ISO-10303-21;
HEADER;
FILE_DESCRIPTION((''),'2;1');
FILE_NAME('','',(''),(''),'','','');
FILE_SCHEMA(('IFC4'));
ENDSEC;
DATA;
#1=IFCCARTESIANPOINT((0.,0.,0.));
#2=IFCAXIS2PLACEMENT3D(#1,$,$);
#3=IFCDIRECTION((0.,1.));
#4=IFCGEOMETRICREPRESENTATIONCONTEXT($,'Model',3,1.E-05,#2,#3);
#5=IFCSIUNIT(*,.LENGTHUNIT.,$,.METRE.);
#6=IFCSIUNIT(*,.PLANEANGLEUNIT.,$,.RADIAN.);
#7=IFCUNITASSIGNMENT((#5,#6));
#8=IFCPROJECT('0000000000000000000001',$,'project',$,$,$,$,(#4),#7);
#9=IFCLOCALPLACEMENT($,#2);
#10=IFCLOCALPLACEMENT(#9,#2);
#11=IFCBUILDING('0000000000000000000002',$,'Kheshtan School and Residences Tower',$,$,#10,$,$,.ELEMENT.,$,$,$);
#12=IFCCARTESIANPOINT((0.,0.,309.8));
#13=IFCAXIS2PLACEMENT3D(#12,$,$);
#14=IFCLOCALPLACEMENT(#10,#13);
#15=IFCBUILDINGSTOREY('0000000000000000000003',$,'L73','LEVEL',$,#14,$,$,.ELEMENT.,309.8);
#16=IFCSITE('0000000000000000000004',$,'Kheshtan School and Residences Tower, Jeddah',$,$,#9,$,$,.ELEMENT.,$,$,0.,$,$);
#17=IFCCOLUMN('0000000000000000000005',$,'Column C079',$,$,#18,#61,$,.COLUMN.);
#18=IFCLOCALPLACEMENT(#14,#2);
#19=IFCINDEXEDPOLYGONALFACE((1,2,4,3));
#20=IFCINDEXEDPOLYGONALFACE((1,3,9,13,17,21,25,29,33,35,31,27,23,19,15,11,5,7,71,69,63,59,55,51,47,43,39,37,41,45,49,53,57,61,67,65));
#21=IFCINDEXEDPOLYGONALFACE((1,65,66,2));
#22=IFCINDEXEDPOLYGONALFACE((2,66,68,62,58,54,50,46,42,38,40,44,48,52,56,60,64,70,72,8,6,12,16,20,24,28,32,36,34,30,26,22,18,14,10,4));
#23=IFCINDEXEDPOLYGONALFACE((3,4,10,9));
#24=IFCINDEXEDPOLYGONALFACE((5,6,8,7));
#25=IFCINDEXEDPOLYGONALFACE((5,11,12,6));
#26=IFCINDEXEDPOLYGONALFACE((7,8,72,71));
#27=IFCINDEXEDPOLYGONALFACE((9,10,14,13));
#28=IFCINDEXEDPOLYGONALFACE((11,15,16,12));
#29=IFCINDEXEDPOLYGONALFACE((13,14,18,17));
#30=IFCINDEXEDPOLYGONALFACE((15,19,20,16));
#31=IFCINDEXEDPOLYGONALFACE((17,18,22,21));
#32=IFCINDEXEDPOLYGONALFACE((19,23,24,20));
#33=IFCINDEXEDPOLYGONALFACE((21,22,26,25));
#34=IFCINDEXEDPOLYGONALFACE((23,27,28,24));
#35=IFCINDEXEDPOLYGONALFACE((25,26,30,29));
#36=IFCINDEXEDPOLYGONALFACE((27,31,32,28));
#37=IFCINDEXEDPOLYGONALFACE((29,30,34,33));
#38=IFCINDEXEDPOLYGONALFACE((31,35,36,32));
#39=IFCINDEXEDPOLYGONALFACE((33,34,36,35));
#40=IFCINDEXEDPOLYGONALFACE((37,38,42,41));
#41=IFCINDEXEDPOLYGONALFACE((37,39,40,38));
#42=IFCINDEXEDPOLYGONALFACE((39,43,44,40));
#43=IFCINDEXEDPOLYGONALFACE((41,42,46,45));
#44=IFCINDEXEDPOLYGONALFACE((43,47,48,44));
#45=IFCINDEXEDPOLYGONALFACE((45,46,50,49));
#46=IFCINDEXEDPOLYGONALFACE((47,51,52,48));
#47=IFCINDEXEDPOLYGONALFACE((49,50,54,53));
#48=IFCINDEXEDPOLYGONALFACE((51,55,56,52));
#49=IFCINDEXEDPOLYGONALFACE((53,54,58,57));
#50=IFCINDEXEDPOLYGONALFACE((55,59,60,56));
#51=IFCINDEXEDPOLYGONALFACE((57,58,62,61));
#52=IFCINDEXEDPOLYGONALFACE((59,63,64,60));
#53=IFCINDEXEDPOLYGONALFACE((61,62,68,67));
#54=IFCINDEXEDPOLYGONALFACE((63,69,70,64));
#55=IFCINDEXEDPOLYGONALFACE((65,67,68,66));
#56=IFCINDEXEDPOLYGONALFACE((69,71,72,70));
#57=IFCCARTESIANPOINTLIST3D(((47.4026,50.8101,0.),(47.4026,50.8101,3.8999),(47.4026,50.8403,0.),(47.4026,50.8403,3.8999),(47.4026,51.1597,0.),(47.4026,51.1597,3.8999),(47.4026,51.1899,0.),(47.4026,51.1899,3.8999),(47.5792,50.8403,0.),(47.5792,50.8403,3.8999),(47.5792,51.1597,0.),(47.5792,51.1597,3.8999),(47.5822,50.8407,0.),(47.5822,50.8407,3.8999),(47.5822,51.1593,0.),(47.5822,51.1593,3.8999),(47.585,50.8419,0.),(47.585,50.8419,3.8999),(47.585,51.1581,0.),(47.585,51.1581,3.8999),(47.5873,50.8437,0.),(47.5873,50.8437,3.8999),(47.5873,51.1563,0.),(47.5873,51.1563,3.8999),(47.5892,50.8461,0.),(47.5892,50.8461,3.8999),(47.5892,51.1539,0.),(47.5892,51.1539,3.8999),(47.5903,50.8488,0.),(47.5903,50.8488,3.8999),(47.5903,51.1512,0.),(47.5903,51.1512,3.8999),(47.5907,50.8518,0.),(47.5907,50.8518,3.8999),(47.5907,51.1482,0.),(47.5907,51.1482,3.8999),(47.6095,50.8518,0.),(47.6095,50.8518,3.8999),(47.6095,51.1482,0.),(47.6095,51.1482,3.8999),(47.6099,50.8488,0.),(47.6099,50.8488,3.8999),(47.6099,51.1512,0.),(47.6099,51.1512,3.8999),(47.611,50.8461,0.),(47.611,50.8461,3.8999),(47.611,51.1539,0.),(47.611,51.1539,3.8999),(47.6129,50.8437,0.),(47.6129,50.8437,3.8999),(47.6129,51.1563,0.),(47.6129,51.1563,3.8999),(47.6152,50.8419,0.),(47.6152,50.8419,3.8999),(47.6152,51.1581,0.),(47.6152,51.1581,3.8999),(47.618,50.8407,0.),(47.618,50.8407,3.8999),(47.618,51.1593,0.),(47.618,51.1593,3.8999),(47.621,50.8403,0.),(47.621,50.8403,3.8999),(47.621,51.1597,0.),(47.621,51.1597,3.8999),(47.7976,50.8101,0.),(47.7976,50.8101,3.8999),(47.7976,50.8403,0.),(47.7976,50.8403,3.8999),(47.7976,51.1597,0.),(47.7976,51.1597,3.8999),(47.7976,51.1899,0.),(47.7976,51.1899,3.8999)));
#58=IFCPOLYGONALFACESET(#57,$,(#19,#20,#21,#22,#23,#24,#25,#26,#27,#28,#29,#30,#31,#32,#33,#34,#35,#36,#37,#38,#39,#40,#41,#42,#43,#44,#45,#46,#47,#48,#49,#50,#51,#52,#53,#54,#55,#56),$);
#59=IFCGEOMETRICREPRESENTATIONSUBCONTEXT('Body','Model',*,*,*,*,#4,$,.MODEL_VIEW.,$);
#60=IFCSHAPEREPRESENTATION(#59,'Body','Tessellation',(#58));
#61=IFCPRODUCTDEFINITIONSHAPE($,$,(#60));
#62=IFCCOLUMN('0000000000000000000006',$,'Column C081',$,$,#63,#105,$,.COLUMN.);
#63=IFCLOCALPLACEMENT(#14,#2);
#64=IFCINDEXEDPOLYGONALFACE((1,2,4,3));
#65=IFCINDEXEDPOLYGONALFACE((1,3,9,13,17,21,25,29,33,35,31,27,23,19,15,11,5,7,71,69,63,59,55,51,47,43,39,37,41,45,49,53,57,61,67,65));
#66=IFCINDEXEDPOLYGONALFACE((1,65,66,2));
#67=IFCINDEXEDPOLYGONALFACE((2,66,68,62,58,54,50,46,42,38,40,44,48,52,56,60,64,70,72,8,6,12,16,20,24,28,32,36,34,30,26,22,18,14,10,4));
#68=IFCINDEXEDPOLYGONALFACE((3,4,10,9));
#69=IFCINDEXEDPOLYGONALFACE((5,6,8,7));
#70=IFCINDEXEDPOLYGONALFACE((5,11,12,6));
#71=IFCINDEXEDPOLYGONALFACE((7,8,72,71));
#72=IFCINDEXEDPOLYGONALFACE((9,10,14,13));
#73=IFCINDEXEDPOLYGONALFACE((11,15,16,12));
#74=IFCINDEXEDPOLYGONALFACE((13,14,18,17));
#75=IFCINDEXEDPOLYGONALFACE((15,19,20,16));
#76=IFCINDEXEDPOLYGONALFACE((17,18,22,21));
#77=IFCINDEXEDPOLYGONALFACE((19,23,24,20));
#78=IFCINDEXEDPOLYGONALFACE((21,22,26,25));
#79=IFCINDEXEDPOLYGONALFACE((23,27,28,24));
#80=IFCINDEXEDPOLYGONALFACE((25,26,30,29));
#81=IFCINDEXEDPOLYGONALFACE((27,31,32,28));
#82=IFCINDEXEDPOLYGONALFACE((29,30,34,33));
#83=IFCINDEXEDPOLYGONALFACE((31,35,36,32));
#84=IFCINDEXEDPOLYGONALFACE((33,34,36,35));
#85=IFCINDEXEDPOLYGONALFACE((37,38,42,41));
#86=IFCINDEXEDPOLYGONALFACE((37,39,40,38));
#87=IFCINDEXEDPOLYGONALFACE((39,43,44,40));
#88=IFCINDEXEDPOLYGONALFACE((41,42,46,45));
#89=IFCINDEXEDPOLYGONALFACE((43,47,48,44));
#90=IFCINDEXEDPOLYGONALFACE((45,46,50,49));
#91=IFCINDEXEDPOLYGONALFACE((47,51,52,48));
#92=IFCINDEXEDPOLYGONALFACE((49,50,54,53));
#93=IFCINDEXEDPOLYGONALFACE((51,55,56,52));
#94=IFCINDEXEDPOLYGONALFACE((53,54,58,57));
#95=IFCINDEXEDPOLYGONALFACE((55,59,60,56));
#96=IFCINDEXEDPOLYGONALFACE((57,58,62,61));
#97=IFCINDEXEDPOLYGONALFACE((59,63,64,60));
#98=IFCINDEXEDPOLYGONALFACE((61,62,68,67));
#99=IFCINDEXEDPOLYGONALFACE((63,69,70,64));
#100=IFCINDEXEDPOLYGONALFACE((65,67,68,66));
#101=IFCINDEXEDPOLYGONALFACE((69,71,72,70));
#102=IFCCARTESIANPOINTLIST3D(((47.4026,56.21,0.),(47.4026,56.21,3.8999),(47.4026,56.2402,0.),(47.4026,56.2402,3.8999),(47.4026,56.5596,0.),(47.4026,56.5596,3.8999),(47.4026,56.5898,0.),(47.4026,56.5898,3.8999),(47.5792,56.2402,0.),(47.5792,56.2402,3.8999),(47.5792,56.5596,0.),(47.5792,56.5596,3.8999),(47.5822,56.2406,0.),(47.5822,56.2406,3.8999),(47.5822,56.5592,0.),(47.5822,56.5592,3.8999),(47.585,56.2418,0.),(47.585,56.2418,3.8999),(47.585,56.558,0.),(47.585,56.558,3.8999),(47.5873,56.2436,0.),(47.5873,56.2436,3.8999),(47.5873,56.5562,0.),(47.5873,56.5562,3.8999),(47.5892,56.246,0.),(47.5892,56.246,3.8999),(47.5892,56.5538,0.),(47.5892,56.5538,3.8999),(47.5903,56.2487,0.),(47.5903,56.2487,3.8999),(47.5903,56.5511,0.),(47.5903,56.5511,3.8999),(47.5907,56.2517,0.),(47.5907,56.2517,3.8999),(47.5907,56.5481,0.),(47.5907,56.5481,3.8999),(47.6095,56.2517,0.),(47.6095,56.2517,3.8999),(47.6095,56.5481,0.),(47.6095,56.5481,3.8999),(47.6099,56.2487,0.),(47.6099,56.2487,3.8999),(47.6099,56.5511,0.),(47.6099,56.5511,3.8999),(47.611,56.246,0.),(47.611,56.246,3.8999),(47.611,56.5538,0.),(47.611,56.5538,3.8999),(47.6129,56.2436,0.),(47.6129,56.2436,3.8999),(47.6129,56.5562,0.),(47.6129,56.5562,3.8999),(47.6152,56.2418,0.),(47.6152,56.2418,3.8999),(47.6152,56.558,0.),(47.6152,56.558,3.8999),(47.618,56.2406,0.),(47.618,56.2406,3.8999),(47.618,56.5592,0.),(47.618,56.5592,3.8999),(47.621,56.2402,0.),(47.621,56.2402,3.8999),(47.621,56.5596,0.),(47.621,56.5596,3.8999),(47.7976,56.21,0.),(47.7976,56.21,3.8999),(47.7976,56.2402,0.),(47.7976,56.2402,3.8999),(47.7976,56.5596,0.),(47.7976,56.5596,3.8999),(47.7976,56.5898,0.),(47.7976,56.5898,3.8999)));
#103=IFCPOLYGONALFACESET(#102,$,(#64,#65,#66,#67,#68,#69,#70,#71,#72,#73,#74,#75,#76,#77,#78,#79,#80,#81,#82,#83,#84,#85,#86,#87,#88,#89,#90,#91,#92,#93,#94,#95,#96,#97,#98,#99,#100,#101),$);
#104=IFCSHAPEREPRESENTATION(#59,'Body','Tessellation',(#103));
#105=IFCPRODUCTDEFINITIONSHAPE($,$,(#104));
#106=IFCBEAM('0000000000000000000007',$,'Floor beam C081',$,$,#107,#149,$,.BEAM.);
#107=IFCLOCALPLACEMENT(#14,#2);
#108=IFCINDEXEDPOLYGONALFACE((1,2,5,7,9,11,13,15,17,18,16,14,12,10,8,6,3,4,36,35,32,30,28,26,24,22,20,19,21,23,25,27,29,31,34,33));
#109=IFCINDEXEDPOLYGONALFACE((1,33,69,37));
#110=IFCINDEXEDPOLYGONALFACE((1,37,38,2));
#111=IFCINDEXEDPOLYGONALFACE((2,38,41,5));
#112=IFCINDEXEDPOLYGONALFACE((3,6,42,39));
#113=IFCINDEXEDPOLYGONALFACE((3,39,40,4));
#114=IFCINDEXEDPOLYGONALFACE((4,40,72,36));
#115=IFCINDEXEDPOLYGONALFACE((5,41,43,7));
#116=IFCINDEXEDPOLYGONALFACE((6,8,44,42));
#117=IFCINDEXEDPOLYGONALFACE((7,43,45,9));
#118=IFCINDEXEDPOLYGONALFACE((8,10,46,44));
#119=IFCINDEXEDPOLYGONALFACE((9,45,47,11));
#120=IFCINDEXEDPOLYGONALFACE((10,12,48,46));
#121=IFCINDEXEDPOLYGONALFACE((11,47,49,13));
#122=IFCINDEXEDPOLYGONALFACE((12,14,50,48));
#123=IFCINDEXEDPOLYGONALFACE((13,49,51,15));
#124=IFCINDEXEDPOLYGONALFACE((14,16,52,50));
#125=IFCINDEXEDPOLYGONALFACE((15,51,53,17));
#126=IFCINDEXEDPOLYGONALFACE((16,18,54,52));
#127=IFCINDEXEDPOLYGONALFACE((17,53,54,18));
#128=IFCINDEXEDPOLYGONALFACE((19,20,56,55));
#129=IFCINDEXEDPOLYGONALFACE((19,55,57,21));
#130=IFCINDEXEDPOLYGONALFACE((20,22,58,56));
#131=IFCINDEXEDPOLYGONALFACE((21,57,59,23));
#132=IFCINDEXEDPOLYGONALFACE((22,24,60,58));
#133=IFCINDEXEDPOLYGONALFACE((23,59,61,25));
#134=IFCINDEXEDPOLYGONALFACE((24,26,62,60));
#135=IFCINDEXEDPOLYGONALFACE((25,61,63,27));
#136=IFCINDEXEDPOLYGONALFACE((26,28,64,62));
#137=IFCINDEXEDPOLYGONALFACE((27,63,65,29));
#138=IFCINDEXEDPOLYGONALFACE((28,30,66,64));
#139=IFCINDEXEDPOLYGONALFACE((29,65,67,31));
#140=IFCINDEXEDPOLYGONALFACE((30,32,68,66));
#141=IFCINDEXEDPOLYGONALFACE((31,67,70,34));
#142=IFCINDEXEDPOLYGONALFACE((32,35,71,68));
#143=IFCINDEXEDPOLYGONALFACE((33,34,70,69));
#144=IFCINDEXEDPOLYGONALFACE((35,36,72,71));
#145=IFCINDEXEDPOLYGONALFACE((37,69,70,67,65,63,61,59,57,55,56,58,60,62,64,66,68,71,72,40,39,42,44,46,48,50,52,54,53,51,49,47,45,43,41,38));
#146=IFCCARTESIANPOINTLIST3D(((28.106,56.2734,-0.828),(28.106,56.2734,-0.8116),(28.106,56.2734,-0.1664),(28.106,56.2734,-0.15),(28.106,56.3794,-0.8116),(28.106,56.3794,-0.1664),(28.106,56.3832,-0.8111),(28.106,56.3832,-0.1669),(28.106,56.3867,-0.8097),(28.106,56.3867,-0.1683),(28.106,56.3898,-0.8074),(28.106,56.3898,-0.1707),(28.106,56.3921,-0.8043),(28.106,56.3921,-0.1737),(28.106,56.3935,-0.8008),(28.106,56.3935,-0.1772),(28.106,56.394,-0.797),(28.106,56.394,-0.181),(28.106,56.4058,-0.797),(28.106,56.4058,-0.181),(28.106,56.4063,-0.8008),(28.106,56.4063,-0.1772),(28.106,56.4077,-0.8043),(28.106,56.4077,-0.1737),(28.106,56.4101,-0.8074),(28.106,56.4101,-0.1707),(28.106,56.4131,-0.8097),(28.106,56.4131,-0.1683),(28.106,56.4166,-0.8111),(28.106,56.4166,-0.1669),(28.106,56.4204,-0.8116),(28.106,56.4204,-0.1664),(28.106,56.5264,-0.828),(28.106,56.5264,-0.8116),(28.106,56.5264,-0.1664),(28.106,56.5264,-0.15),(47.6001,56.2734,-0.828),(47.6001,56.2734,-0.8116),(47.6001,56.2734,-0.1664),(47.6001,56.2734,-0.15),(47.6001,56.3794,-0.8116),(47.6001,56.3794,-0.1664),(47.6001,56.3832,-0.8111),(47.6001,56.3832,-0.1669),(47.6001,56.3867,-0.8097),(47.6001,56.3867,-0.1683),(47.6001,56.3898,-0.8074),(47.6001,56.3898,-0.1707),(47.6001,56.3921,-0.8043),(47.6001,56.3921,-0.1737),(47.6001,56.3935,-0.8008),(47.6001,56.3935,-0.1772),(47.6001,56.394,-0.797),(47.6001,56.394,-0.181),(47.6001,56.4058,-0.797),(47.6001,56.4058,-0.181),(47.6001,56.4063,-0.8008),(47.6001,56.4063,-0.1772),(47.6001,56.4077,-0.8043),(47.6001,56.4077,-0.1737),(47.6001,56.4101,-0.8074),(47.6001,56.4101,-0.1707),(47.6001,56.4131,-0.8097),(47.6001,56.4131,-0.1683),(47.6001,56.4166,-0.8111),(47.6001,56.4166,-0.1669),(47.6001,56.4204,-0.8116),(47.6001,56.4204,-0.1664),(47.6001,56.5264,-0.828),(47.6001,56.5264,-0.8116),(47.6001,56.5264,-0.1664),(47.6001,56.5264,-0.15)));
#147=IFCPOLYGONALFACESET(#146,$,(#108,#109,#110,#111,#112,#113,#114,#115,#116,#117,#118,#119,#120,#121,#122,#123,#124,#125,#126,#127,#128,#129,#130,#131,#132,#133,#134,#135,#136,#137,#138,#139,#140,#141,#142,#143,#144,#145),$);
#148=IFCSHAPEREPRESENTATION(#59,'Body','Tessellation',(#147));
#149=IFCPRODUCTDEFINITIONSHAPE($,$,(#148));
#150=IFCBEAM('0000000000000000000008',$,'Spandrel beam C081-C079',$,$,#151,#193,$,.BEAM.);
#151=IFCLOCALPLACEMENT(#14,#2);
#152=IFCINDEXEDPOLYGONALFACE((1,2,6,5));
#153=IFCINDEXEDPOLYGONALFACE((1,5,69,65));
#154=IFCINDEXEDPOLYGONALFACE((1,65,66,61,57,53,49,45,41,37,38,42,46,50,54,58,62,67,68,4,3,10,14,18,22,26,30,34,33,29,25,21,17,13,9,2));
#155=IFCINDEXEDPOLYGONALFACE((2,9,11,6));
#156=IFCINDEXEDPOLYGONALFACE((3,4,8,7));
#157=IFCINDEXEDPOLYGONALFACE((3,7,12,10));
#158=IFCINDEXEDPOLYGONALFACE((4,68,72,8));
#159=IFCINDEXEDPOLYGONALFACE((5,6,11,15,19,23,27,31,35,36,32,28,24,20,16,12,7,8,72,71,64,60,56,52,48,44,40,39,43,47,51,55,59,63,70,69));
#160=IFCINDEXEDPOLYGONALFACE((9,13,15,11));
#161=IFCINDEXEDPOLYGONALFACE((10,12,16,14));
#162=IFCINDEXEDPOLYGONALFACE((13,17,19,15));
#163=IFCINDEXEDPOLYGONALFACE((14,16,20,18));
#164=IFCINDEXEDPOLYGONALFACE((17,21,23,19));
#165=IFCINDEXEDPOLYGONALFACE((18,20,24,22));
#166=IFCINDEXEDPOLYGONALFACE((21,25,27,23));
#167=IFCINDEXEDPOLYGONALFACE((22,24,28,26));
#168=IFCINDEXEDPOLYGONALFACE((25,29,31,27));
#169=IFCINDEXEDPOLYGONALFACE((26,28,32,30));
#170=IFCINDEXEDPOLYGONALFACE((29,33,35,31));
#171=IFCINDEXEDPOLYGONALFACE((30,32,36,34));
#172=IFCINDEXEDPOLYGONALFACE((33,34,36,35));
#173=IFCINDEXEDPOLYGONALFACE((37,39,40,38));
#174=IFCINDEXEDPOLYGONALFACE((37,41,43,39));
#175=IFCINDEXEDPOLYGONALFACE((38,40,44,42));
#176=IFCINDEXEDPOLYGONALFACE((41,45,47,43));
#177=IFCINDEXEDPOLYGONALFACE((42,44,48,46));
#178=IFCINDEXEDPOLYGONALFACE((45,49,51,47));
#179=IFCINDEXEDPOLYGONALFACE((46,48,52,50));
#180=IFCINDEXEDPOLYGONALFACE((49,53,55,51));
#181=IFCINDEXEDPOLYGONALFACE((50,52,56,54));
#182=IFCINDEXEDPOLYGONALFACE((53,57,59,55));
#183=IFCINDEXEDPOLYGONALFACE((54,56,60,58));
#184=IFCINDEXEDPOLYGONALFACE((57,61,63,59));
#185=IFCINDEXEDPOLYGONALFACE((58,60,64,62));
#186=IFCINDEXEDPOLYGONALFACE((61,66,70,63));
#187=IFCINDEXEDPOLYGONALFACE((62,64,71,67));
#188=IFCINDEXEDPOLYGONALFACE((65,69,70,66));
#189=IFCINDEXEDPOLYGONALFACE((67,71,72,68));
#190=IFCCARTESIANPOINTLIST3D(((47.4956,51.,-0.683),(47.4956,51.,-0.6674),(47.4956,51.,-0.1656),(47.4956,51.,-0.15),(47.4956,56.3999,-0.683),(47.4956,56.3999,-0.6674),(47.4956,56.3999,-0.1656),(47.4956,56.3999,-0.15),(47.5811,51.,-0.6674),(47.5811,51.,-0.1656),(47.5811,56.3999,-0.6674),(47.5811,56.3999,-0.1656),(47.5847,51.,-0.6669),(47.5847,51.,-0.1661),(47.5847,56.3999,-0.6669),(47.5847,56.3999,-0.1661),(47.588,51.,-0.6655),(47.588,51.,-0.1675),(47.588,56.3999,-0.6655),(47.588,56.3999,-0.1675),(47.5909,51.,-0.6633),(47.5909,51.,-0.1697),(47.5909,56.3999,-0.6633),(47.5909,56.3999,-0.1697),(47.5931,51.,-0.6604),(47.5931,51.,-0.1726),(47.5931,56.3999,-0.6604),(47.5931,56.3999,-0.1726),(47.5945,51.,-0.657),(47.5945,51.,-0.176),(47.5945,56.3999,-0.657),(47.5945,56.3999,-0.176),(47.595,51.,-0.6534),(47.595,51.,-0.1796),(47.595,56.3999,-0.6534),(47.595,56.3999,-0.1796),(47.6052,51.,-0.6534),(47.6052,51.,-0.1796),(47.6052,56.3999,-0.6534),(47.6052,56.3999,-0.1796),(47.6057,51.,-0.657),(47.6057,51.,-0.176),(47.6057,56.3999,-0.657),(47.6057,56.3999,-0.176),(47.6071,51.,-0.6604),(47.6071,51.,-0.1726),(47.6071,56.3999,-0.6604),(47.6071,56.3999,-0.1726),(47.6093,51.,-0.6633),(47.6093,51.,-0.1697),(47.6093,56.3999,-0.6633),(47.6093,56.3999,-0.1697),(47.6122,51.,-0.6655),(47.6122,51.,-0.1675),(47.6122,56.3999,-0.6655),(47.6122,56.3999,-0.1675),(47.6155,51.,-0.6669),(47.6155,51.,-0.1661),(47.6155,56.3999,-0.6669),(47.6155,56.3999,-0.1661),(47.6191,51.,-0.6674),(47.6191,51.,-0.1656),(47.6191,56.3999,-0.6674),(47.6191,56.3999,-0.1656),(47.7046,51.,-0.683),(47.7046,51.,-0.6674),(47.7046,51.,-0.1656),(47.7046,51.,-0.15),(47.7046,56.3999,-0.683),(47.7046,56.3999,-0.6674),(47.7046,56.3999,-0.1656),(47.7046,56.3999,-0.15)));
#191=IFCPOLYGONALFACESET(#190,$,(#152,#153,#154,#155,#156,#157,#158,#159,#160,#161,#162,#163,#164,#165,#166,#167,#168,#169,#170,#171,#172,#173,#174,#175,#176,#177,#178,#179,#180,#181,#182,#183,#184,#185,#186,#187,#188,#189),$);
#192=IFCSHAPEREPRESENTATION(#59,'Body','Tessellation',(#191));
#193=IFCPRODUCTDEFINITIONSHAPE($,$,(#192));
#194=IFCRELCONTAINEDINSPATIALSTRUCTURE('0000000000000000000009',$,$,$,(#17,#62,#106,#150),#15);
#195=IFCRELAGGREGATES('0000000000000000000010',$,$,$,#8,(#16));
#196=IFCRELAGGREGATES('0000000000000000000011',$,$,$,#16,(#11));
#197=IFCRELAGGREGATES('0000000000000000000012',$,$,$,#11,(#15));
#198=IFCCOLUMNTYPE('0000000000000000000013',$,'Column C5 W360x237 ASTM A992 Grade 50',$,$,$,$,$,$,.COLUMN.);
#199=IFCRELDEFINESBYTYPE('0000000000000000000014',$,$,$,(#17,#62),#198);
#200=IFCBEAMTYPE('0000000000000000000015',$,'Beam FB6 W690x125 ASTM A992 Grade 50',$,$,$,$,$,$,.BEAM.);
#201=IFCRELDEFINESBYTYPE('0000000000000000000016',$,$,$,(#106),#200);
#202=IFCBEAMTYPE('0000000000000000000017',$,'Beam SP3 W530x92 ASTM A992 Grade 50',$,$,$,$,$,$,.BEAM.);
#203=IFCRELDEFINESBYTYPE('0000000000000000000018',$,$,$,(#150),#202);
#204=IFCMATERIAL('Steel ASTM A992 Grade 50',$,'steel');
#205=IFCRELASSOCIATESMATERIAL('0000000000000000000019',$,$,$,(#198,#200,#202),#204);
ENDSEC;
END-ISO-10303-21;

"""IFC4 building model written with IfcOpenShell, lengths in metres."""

from ifc_helpers import new_model, si_unit, direction, frame, origin, origin_2d, place, context, subcontext, project, spatial, i_section, extrude, material, material_profile, profile_set, type_object, element, save


model = new_model("IFC4")

# Units and contexts
model_context = context("Model", 3, precision=1e-05, world=origin(), true_north=direction((0.0, 1.0)))
body_context = subcontext(model_context, "Body", "Model", "MODEL_VIEW")
ifc_project = project(units=[si_unit("LENGTHUNIT", "METRE"), si_unit("PLANEANGLEUNIT", "RADIAN")], contexts=[model_context])

# Site, building, storey
site_placement = place(None, origin())
site = spatial("IfcSite", under=ifc_project, at=site_placement, Name="Kheshtan School and Residences Tower, Jeddah", CompositionType="ELEMENT", RefElevation=0.0)
building_placement = place(site_placement, origin())
building = spatial("IfcBuilding", under=site, at=building_placement, Name="Kheshtan School and Residences Tower", CompositionType="ELEMENT")
storey_placement = place(building_placement, frame((0.0, 0.0, 309.8)))
storey = spatial("IfcBuildingStorey", under=building, at=storey_placement, Name="L73", Description="LEVEL", CompositionType="ELEMENT", Elevation=309.8)

# Columns
ifc_material_1 = material(Name="Steel ASTM A992 Grade 50", Category="steel")
ifc_material_profile_1 = material_profile(ifc_material_1, i_section(OverallWidth=0.395, OverallDepth=0.3799, WebThickness=0.0188, FlangeThickness=0.0303, FilletRadius=0.0115, at=origin_2d()), Name="W360x237")
ifc_profile_set_1 = profile_set([ifc_material_profile_1], Name="Steel ASTM A992 Grade 50")
column_type = type_object("IfcColumnType", Name="Column C5 W360x237 ASTM A992 Grade 50", PredefinedType="COLUMN", material=ifc_profile_set_1)
for number, where, z_axis, x_axis, name in (
    (1, (47.6001, 51.0, 0.0), (0.0, 0.0, 1.0), (1.0, 0.0, 0.0), "Column C079"),
    (2, (47.6001, 56.3999, 0.0), (0.0, 0.0, 1.0), (1.0, 0.0, 0.0), "Column C081"),
):
    element("IfcColumn", number, at=place(storey_placement, frame(where, z_axis=z_axis, x_axis=x_axis)), inside=storey, type_object=column_type, Name=name, PredefinedType="COLUMN", context=body_context, shape_type="SweptSolid", body=[
        extrude(i_section(OverallWidth=0.395, OverallDepth=0.3799, WebThickness=0.0188, FlangeThickness=0.0303, FilletRadius=0.0115, at=origin_2d()), origin(), (0.0, 0.0, 1.0), 3.8999),
    ])

# Beams
ifc_material_profile_2 = material_profile(ifc_material_1, i_section(OverallWidth=0.2529, OverallDepth=0.678, WebThickness=0.0117, FlangeThickness=0.0164, FilletRadius=0.0146, at=origin_2d()), Name="W690x125")
ifc_profile_set_2 = profile_set([ifc_material_profile_2], Name="Steel ASTM A992 Grade 50")
beam_type_1 = type_object("IfcBeamType", Name="Beam FB6 W690x125 ASTM A992 Grade 50", PredefinedType="BEAM", material=ifc_profile_set_2)
beam_1_placement = place(storey_placement, frame((47.6001, 56.3999, -0.489), z_axis=(-1.0, 0.0, 0.0), x_axis=(0.0, -1.0, 0.0)))
element("IfcBeam", 3, at=beam_1_placement, inside=storey, type_object=beam_type_1, Name="Floor beam C081", PredefinedType="BEAM", context=body_context, shape_type="SweptSolid", body=[
    extrude(i_section(OverallWidth=0.2529, OverallDepth=0.678, WebThickness=0.0117, FlangeThickness=0.0164, FilletRadius=0.0146, at=origin_2d()), origin(), (0.0, 0.0, 1.0), 19.4941),
])
ifc_material_profile_3 = material_profile(ifc_material_1, i_section(OverallWidth=0.209, OverallDepth=0.533, WebThickness=0.0103, FlangeThickness=0.0156, FilletRadius=0.0139, at=origin_2d()), Name="W530x92")
ifc_profile_set_3 = profile_set([ifc_material_profile_3], Name="Steel ASTM A992 Grade 50")
beam_type_2 = type_object("IfcBeamType", Name="Beam SP3 W530x92 ASTM A992 Grade 50", PredefinedType="BEAM", material=ifc_profile_set_3)
beam_2_placement = place(storey_placement, frame((47.6001, 56.3999, -0.4165), z_axis=(0.0, -1.0, 0.0), x_axis=(1.0, 0.0, 0.0)))
element("IfcBeam", 4, at=beam_2_placement, inside=storey, type_object=beam_type_2, Name="Spandrel beam C081-C079", PredefinedType="BEAM", context=body_context, shape_type="SweptSolid", body=[
    extrude(i_section(OverallWidth=0.209, OverallDepth=0.533, WebThickness=0.0103, FlangeThickness=0.0156, FilletRadius=0.0139, at=origin_2d()), origin(), (0.0, 0.0, 1.0), 5.3999),
])

save(model, "model.ifc")
